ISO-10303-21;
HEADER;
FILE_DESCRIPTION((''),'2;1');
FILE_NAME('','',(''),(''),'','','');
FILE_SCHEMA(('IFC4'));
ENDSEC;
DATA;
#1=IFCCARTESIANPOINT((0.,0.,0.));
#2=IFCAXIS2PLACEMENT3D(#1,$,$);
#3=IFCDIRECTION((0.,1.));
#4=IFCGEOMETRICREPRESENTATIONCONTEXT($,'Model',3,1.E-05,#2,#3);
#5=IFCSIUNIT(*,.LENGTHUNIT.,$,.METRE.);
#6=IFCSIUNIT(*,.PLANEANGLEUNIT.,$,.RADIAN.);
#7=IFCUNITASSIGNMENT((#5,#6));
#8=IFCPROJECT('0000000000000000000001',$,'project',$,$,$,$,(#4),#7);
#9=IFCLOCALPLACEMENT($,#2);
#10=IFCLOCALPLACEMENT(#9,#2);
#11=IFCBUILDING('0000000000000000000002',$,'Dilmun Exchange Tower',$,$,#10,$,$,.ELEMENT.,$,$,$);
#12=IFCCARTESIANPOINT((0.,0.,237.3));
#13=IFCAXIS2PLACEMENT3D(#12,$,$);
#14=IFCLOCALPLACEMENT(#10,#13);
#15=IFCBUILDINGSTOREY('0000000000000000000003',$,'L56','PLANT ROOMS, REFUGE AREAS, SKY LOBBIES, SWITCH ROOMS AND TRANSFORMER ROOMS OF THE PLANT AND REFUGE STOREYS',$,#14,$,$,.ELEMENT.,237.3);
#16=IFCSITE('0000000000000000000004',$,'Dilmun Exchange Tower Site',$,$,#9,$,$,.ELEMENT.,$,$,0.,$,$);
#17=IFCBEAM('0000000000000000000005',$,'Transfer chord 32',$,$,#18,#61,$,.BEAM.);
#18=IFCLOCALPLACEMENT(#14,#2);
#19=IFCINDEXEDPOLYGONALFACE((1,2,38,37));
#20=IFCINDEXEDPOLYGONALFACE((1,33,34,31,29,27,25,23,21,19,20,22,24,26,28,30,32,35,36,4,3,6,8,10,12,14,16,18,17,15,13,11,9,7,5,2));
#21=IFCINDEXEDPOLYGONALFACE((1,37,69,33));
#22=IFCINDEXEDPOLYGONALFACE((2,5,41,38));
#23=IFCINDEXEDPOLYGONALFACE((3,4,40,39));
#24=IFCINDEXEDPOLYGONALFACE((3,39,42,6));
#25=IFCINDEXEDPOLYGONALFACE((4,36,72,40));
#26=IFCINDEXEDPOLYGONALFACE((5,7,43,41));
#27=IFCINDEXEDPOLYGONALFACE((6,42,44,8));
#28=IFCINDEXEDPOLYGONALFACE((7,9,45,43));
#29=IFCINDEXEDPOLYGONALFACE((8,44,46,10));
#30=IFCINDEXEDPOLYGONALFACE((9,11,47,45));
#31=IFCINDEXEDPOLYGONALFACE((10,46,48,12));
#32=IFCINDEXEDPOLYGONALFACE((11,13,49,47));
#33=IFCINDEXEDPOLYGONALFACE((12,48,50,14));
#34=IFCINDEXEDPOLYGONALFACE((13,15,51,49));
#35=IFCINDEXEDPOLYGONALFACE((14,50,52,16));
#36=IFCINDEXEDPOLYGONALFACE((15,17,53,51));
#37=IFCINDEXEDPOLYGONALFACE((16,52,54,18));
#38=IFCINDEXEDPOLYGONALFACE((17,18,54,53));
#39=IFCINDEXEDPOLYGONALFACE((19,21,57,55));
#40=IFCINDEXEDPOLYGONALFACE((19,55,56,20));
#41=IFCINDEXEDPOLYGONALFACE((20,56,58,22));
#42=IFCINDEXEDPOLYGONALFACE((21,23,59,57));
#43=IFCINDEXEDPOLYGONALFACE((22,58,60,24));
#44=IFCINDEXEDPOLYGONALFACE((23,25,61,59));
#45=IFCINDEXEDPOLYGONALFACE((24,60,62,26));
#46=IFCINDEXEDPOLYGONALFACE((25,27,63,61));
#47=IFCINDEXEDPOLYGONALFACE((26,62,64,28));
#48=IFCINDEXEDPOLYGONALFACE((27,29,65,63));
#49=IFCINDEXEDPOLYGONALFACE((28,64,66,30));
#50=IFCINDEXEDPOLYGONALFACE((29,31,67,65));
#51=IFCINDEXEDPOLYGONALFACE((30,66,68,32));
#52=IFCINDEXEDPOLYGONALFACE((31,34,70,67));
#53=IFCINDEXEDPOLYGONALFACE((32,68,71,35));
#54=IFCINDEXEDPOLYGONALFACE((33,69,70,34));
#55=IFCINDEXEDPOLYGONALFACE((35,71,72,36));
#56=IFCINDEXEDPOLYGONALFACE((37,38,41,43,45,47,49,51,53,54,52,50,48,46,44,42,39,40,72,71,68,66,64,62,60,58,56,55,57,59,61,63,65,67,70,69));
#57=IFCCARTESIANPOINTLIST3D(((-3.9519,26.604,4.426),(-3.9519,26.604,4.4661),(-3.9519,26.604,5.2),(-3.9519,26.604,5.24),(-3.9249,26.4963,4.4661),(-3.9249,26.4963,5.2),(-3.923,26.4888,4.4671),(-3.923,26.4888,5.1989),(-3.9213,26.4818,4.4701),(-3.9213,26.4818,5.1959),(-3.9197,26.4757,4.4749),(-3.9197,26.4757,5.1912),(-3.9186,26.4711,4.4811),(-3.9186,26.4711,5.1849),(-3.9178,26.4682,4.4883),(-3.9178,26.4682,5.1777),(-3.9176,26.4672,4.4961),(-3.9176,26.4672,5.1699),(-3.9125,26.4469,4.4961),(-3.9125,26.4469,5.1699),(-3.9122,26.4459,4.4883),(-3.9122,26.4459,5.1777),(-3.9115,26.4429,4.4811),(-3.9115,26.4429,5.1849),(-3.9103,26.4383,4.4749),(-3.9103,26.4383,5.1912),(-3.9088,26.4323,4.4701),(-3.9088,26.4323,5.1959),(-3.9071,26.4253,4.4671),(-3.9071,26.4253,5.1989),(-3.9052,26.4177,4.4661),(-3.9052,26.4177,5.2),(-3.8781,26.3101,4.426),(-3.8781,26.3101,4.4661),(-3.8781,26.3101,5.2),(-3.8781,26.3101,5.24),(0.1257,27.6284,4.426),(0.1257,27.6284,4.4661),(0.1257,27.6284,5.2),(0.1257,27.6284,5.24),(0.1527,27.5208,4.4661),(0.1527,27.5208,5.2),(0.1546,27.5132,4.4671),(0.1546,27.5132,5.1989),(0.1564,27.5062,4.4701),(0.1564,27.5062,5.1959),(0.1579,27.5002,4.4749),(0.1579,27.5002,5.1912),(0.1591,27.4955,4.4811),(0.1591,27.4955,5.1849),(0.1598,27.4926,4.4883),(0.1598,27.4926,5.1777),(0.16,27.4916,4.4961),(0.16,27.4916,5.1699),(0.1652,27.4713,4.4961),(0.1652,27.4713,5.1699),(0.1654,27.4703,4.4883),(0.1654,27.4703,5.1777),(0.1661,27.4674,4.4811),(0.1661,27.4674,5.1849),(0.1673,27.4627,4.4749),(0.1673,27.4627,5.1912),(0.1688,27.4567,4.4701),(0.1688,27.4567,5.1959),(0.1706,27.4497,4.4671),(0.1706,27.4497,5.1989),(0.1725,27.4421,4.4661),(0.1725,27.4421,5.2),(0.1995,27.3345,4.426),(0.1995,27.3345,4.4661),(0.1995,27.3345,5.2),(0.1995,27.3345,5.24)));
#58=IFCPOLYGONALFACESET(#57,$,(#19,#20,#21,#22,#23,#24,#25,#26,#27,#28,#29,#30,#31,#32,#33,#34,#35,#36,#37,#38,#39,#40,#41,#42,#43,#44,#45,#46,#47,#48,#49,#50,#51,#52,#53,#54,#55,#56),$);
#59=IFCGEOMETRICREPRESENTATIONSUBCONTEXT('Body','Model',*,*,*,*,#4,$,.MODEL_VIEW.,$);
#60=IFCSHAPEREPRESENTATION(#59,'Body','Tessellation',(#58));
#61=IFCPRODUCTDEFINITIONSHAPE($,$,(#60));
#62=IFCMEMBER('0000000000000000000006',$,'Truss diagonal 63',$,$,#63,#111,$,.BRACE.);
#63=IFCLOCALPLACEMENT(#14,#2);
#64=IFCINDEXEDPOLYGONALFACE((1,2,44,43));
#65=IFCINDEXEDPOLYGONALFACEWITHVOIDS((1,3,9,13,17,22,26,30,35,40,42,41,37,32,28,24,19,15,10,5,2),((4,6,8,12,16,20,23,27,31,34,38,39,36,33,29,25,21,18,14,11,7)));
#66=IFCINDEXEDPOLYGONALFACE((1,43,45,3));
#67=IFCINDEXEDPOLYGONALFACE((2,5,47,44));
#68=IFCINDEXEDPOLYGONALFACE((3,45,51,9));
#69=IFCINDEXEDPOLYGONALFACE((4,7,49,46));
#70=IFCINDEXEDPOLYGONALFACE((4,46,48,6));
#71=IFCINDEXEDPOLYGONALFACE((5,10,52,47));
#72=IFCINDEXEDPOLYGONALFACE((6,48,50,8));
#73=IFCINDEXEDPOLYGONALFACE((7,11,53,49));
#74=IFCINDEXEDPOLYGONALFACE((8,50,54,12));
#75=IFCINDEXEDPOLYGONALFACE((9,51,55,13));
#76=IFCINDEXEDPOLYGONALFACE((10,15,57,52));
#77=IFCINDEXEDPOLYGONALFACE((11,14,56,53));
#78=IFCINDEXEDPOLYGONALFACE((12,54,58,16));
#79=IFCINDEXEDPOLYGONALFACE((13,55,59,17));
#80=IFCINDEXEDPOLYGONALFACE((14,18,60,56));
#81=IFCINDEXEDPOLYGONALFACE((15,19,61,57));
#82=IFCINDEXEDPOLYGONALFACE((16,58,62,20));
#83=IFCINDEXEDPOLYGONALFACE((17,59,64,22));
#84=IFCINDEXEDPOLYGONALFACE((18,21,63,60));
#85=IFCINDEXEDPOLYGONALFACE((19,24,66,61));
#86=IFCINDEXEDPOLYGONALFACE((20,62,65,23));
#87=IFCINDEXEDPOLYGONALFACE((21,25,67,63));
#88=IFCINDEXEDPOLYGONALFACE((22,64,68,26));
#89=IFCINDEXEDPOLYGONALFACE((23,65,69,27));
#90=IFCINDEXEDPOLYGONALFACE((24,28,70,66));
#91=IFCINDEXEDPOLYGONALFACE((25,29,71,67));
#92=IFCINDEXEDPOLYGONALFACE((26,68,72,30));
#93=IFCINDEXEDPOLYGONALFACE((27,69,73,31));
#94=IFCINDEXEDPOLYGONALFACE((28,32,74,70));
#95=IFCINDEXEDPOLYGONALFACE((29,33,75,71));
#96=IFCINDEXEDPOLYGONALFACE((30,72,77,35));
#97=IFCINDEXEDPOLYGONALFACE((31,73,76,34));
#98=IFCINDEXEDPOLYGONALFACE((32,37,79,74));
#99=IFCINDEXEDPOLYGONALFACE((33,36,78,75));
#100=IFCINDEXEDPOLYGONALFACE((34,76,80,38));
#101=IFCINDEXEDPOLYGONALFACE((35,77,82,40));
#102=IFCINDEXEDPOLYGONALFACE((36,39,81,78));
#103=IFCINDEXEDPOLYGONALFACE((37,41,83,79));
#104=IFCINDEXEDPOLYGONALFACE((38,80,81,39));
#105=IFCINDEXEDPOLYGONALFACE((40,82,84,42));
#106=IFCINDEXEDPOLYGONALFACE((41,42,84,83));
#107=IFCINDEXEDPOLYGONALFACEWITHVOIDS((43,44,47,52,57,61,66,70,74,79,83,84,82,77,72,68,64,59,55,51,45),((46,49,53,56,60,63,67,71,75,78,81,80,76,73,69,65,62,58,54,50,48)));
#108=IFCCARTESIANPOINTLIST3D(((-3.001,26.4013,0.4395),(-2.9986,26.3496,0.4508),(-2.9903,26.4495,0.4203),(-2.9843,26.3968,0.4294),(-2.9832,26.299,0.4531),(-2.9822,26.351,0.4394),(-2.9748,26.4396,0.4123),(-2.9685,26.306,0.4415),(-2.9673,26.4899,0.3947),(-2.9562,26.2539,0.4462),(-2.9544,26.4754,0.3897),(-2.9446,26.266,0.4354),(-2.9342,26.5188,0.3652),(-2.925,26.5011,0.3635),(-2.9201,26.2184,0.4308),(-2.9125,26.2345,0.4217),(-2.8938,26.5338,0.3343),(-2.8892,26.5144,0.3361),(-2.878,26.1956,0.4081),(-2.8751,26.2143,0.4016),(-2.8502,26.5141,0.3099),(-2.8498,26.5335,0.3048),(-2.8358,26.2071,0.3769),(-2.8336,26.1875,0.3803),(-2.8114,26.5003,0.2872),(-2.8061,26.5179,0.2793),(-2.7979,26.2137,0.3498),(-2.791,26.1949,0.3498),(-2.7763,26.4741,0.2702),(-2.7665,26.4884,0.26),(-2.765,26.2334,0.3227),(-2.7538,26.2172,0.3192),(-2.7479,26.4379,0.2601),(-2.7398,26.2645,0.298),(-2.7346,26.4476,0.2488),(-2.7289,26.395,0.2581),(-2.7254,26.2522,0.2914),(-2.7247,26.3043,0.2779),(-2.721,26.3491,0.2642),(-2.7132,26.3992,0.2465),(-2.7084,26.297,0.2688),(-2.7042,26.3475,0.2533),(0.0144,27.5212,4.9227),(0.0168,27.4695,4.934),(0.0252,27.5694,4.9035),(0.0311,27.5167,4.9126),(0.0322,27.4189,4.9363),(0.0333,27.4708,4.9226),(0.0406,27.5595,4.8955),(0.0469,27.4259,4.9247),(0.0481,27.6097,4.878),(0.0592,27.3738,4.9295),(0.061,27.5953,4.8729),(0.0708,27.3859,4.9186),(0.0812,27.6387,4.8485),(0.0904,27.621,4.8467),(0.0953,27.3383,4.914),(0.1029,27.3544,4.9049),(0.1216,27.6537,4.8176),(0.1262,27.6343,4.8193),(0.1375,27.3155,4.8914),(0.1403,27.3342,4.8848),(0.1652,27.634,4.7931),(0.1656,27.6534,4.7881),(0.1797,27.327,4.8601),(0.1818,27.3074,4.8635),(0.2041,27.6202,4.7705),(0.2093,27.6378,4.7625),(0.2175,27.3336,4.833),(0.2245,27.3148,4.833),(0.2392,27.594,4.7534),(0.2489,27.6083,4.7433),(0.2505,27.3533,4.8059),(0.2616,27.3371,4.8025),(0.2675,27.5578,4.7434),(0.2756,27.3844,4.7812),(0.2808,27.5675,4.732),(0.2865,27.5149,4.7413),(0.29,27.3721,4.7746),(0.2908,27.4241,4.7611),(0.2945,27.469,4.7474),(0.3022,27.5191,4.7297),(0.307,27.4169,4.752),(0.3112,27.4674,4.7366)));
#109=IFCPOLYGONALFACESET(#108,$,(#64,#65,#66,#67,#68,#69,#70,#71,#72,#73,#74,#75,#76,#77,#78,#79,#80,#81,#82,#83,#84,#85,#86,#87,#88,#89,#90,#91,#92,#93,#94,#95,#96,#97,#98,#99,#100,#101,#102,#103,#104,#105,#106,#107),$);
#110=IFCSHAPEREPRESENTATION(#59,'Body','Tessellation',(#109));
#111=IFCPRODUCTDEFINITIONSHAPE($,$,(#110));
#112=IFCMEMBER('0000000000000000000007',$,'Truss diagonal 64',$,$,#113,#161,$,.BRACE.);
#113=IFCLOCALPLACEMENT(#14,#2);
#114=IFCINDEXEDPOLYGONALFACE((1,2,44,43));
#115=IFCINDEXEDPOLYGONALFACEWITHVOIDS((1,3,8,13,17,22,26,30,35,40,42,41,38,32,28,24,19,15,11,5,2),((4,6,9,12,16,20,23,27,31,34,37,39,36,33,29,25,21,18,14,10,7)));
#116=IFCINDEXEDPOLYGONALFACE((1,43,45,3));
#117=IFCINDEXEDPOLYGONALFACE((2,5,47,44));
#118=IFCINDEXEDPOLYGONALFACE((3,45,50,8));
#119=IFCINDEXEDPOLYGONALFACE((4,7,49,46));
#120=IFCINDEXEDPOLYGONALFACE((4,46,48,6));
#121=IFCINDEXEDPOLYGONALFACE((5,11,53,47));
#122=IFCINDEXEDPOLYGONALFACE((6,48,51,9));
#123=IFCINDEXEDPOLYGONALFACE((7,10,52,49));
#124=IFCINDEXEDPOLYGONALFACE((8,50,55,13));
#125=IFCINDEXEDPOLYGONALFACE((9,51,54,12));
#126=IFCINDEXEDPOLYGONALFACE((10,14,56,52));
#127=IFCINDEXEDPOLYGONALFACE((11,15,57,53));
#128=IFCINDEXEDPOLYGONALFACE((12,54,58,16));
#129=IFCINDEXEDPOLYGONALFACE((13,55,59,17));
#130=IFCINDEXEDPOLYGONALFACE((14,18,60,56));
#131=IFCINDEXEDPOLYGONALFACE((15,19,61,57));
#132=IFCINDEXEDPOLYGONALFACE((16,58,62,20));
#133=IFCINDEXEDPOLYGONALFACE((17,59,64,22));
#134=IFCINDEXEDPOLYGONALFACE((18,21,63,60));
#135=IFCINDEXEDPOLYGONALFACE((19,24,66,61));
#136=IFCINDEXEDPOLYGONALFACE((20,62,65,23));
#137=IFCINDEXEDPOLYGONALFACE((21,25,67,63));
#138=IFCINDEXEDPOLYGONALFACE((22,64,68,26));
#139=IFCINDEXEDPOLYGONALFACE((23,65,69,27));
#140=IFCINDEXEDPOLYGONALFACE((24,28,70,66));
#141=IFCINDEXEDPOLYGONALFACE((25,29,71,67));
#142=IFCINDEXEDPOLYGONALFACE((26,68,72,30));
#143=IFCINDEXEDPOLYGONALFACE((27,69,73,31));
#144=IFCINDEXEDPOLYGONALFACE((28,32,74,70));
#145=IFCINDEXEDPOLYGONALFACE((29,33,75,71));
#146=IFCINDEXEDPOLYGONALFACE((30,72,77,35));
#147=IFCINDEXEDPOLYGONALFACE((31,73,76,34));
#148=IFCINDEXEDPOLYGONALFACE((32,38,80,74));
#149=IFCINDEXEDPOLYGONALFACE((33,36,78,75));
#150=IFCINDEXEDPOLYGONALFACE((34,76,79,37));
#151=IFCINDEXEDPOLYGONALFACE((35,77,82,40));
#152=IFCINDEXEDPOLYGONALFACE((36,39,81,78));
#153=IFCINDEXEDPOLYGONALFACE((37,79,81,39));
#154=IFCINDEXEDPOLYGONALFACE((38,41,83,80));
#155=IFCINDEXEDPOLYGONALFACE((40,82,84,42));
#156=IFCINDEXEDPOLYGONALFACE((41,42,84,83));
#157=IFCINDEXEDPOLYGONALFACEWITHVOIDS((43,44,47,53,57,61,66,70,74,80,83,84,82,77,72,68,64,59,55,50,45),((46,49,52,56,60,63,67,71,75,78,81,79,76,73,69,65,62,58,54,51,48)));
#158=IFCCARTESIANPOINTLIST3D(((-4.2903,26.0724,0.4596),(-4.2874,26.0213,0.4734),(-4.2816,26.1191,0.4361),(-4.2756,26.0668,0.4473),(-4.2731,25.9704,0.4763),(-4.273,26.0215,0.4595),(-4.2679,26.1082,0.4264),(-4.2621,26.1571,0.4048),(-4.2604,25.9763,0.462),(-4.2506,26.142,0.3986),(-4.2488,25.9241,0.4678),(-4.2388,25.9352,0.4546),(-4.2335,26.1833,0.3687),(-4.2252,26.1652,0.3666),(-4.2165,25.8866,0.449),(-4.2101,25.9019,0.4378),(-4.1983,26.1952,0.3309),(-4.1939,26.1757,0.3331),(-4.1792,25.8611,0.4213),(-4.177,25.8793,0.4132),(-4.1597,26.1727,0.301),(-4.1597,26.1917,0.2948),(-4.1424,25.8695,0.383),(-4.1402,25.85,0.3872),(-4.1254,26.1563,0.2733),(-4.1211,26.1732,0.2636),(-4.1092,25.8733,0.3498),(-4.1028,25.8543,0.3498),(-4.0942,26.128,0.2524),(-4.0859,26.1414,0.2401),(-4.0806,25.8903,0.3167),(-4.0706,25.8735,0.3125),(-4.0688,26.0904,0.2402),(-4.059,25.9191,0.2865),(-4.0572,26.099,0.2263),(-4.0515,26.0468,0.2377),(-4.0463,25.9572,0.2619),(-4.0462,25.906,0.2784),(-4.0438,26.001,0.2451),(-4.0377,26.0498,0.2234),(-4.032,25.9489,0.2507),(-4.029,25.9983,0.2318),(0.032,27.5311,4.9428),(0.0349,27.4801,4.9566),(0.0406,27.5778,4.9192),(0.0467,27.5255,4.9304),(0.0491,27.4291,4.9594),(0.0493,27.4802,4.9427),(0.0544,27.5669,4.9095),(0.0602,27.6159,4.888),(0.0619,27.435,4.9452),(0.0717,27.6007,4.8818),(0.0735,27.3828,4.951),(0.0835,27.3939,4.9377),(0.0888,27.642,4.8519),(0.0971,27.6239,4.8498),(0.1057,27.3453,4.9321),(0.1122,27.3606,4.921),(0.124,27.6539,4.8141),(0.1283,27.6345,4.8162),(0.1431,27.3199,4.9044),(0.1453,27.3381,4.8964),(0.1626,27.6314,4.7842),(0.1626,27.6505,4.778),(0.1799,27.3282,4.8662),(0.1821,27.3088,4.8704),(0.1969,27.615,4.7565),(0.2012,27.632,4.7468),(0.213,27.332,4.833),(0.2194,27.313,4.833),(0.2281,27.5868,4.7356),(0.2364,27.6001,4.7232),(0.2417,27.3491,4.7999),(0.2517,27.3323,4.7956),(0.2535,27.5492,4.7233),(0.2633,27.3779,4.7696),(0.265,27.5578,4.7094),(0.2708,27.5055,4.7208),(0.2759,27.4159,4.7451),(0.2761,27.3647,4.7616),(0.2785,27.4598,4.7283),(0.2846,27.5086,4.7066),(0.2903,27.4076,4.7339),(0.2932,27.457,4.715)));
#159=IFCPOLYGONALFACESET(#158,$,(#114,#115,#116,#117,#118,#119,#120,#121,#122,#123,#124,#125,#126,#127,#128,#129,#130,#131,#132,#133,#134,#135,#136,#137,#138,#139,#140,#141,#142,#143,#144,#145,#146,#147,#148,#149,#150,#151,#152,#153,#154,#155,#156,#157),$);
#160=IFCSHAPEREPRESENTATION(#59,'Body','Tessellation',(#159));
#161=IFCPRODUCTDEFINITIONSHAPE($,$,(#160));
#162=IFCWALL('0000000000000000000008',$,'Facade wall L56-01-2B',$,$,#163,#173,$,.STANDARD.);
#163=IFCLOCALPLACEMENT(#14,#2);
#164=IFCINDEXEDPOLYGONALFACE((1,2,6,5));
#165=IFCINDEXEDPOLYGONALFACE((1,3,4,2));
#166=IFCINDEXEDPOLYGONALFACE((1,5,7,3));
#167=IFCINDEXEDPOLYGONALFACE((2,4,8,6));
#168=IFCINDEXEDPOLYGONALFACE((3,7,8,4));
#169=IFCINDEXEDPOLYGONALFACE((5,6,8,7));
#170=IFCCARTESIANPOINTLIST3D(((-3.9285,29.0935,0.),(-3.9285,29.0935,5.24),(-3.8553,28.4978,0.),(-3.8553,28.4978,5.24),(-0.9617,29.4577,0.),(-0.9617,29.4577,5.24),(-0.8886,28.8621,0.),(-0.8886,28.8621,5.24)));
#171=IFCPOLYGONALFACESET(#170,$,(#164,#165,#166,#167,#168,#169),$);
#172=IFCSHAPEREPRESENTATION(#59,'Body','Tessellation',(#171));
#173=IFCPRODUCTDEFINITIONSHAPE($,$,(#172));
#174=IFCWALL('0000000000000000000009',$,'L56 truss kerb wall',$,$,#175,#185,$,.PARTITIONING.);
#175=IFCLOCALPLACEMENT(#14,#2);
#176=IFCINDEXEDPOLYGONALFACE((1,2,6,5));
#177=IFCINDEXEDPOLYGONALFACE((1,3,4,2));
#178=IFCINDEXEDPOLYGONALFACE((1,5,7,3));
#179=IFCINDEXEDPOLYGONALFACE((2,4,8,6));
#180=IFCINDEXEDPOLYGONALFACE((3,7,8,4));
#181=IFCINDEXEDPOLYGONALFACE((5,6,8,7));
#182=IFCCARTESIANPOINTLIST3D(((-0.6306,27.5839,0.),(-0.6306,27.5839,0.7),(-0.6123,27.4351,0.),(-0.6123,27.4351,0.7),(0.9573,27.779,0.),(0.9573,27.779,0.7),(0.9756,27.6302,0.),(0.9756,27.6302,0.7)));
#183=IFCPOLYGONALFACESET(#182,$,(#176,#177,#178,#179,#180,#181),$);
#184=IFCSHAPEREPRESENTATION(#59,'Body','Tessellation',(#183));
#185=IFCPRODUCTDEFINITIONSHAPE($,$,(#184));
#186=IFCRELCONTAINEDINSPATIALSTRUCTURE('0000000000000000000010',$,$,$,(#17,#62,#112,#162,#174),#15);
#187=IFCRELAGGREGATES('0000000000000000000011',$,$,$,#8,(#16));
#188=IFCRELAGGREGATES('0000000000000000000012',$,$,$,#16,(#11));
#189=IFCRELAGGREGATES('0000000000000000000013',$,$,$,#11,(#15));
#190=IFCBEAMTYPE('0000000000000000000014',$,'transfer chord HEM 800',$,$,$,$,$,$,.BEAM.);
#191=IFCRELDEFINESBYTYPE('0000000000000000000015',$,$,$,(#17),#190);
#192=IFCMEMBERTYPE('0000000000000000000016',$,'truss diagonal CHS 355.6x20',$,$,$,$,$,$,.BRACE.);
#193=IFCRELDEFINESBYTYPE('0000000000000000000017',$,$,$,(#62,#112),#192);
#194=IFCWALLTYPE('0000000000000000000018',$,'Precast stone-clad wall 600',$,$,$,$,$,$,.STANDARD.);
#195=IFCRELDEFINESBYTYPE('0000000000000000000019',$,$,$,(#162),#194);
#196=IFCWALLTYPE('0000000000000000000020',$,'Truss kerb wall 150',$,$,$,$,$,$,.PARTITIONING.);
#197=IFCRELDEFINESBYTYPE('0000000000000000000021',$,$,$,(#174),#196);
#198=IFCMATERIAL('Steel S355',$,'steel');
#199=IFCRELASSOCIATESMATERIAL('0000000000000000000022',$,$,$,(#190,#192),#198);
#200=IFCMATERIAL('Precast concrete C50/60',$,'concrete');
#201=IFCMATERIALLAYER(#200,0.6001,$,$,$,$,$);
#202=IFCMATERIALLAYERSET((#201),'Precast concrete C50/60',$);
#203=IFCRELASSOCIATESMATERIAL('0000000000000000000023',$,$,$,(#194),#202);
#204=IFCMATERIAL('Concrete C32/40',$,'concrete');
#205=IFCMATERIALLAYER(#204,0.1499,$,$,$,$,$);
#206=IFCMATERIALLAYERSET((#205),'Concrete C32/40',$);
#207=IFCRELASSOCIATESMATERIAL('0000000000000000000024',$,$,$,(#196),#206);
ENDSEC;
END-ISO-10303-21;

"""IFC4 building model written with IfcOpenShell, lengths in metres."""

from ifc_helpers import new_model, si_unit, direction, frame, frame_2d, origin, origin_2d, place, context, subcontext, project, spatial, rectangle, hollow_circle, i_section, extrude, material, layer, layer_set, material_profile, profile_set, type_object, element, save


model = new_model("IFC4")

# Units and contexts
model_context = context("Model", 3, precision=1e-05, world=origin(), true_north=direction((0.0, 1.0)))
body_context = subcontext(model_context, "Body", "Model", "MODEL_VIEW")
ifc_project = project(units=[si_unit("LENGTHUNIT", "METRE"), si_unit("PLANEANGLEUNIT", "RADIAN")], contexts=[model_context])

# Site, building, storey
site_placement = place(None, origin())
site = spatial("IfcSite", under=ifc_project, at=site_placement, Name="Dilmun Exchange Tower Site", CompositionType="ELEMENT", RefElevation=0.0)
building_placement = place(site_placement, origin())
building = spatial("IfcBuilding", under=site, at=building_placement, Name="Dilmun Exchange Tower", CompositionType="ELEMENT")
storey_placement = place(building_placement, frame((0.0, 0.0, 237.3)))
storey = spatial("IfcBuildingStorey", under=building, at=storey_placement, Name="L56", Description="PLANT ROOMS, REFUGE AREAS, SKY LOBBIES, SWITCH ROOMS AND TRANSFORMER ROOMS OF THE PLANT AND REFUGE STOREYS", CompositionType="ELEMENT", Elevation=237.3)

# Beam
ifc_material_1 = material(Name="Steel S355", Category="steel")
ifc_material_profile_1 = material_profile(ifc_material_1, i_section(OverallWidth=0.303, OverallDepth=0.814, WebThickness=0.021, FlangeThickness=0.04, FilletRadius=0.03, at=origin_2d()), Name="HEM 800")
ifc_profile_set_1 = profile_set([ifc_material_profile_1], Name="Steel S355")
beam_type_1 = type_object("IfcBeamType", Name="transfer chord HEM 800", PredefinedType="BEAM", material=ifc_profile_set_1)
beam_1_placement = place(storey_placement, frame((0.1626, 27.4814, 4.833), z_axis=(-0.969862, -0.243656, 0.0), x_axis=(0.243656, -0.969862, 0.0)))
element("IfcBeam", 1, at=beam_1_placement, inside=storey, type_object=beam_type_1, Name="Transfer chord 32", PredefinedType="BEAM", context=body_context, shape_type="SweptSolid", body=[
    extrude(i_section(OverallWidth=0.303, OverallDepth=0.814, WebThickness=0.021, FlangeThickness=0.04, FilletRadius=0.03, at=origin_2d()), origin(), (0.0, 0.0, 1.0), 4.2043),
])

# Members
ifc_material_profile_2 = material_profile(ifc_material_1, hollow_circle(Radius=0.1777, WallThickness=0.02, at=origin_2d()), Name="CHS 355.6x20")
ifc_profile_set_2 = profile_set([ifc_material_profile_2], Name="Steel S355")
member_type_1 = type_object("IfcMemberType", Name="truss diagonal CHS 355.6x20", PredefinedType="BRACE", material=ifc_profile_set_2)
member_1_placement = place(storey_placement, frame((0.1626, 27.4814, 4.833), z_axis=(-0.54649, -0.202959, -0.8125), x_axis=(0.348152, -0.937438, 0.0)))
element("IfcMember", 2, at=member_1_placement, inside=storey, type_object=member_type_1, Name="Truss diagonal 63", PredefinedType="BRACE", context=body_context, shape_type="SweptSolid", body=[
    extrude(hollow_circle(Radius=0.1777, WallThickness=0.02, at=origin_2d()), origin(), (0.0, 0.0, 1.0), 5.5178),
])
member_2_placement = place(storey_placement, frame((0.1626, 27.4814, 4.833), z_axis=(-0.675778, -0.228071, -0.700933), x_axis=(0.319774, -0.947494, 0.0)))
element("IfcMember", 3, at=member_2_placement, inside=storey, type_object=member_type_1, Name="Truss diagonal 64", PredefinedType="BRACE", context=body_context, shape_type="SweptSolid", body=[
    extrude(hollow_circle(Radius=0.1777, WallThickness=0.02, at=origin_2d()), origin(), (0.0, 0.0, 1.0), 6.396),
])

# Shared definitions
ifc_material_2 = material(Name="Precast concrete C50/60", Category="concrete")
ifc_layer_1 = layer(ifc_material_2, 0.6001)
ifc_layer_set_1 = layer_set([ifc_layer_1], Name="Precast concrete C50/60")
wall_type_1 = type_object("IfcWallType", Name="Precast stone-clad wall 600", PredefinedType="STANDARD", material=ifc_layer_set_1)

# Walls
wall_1_placement = place(storey_placement, frame((-0.925, 29.1599, 0.0), z_axis=(0.0, 0.0, 1.0), x_axis=(-0.992547, -0.121863, 0.0)))
element("IfcWall", 4, at=wall_1_placement, inside=storey, type_object=wall_type_1, Name="Facade wall L56-01-2B", PredefinedType="STANDARD", context=body_context, shape_type="SweptSolid", body=[
    extrude(rectangle(XDim=2.989, YDim=0.6001, at=frame_2d((1.4946, 0.0))), origin(), (0.0, 0.0, 1.0), 5.24),
])
ifc_material_3 = material(Name="Concrete C32/40", Category="concrete")
ifc_layer_2 = layer(ifc_material_3, 0.1499)
ifc_layer_set_2 = layer_set([ifc_layer_2], Name="Concrete C32/40")
wall_type_2 = type_object("IfcWallType", Name="Truss kerb wall 150", PredefinedType="PARTITIONING", material=ifc_layer_set_2)
wall_2_placement = place(storey_placement, frame((0.9663, 27.7046, 0.0), z_axis=(0.0, 0.0, 1.0), x_axis=(-0.992539, -0.121931, 0.0)))
element("IfcWall", 5, at=wall_2_placement, inside=storey, type_object=wall_type_2, Name="L56 truss kerb wall", PredefinedType="PARTITIONING", context=body_context, shape_type="SweptSolid", body=[
    extrude(rectangle(XDim=1.5999, YDim=0.1499, at=frame_2d((0.7998, 0.0))), origin(), (0.0, 0.0, 1.0), 0.7),
])

save(model, "model.ifc")
